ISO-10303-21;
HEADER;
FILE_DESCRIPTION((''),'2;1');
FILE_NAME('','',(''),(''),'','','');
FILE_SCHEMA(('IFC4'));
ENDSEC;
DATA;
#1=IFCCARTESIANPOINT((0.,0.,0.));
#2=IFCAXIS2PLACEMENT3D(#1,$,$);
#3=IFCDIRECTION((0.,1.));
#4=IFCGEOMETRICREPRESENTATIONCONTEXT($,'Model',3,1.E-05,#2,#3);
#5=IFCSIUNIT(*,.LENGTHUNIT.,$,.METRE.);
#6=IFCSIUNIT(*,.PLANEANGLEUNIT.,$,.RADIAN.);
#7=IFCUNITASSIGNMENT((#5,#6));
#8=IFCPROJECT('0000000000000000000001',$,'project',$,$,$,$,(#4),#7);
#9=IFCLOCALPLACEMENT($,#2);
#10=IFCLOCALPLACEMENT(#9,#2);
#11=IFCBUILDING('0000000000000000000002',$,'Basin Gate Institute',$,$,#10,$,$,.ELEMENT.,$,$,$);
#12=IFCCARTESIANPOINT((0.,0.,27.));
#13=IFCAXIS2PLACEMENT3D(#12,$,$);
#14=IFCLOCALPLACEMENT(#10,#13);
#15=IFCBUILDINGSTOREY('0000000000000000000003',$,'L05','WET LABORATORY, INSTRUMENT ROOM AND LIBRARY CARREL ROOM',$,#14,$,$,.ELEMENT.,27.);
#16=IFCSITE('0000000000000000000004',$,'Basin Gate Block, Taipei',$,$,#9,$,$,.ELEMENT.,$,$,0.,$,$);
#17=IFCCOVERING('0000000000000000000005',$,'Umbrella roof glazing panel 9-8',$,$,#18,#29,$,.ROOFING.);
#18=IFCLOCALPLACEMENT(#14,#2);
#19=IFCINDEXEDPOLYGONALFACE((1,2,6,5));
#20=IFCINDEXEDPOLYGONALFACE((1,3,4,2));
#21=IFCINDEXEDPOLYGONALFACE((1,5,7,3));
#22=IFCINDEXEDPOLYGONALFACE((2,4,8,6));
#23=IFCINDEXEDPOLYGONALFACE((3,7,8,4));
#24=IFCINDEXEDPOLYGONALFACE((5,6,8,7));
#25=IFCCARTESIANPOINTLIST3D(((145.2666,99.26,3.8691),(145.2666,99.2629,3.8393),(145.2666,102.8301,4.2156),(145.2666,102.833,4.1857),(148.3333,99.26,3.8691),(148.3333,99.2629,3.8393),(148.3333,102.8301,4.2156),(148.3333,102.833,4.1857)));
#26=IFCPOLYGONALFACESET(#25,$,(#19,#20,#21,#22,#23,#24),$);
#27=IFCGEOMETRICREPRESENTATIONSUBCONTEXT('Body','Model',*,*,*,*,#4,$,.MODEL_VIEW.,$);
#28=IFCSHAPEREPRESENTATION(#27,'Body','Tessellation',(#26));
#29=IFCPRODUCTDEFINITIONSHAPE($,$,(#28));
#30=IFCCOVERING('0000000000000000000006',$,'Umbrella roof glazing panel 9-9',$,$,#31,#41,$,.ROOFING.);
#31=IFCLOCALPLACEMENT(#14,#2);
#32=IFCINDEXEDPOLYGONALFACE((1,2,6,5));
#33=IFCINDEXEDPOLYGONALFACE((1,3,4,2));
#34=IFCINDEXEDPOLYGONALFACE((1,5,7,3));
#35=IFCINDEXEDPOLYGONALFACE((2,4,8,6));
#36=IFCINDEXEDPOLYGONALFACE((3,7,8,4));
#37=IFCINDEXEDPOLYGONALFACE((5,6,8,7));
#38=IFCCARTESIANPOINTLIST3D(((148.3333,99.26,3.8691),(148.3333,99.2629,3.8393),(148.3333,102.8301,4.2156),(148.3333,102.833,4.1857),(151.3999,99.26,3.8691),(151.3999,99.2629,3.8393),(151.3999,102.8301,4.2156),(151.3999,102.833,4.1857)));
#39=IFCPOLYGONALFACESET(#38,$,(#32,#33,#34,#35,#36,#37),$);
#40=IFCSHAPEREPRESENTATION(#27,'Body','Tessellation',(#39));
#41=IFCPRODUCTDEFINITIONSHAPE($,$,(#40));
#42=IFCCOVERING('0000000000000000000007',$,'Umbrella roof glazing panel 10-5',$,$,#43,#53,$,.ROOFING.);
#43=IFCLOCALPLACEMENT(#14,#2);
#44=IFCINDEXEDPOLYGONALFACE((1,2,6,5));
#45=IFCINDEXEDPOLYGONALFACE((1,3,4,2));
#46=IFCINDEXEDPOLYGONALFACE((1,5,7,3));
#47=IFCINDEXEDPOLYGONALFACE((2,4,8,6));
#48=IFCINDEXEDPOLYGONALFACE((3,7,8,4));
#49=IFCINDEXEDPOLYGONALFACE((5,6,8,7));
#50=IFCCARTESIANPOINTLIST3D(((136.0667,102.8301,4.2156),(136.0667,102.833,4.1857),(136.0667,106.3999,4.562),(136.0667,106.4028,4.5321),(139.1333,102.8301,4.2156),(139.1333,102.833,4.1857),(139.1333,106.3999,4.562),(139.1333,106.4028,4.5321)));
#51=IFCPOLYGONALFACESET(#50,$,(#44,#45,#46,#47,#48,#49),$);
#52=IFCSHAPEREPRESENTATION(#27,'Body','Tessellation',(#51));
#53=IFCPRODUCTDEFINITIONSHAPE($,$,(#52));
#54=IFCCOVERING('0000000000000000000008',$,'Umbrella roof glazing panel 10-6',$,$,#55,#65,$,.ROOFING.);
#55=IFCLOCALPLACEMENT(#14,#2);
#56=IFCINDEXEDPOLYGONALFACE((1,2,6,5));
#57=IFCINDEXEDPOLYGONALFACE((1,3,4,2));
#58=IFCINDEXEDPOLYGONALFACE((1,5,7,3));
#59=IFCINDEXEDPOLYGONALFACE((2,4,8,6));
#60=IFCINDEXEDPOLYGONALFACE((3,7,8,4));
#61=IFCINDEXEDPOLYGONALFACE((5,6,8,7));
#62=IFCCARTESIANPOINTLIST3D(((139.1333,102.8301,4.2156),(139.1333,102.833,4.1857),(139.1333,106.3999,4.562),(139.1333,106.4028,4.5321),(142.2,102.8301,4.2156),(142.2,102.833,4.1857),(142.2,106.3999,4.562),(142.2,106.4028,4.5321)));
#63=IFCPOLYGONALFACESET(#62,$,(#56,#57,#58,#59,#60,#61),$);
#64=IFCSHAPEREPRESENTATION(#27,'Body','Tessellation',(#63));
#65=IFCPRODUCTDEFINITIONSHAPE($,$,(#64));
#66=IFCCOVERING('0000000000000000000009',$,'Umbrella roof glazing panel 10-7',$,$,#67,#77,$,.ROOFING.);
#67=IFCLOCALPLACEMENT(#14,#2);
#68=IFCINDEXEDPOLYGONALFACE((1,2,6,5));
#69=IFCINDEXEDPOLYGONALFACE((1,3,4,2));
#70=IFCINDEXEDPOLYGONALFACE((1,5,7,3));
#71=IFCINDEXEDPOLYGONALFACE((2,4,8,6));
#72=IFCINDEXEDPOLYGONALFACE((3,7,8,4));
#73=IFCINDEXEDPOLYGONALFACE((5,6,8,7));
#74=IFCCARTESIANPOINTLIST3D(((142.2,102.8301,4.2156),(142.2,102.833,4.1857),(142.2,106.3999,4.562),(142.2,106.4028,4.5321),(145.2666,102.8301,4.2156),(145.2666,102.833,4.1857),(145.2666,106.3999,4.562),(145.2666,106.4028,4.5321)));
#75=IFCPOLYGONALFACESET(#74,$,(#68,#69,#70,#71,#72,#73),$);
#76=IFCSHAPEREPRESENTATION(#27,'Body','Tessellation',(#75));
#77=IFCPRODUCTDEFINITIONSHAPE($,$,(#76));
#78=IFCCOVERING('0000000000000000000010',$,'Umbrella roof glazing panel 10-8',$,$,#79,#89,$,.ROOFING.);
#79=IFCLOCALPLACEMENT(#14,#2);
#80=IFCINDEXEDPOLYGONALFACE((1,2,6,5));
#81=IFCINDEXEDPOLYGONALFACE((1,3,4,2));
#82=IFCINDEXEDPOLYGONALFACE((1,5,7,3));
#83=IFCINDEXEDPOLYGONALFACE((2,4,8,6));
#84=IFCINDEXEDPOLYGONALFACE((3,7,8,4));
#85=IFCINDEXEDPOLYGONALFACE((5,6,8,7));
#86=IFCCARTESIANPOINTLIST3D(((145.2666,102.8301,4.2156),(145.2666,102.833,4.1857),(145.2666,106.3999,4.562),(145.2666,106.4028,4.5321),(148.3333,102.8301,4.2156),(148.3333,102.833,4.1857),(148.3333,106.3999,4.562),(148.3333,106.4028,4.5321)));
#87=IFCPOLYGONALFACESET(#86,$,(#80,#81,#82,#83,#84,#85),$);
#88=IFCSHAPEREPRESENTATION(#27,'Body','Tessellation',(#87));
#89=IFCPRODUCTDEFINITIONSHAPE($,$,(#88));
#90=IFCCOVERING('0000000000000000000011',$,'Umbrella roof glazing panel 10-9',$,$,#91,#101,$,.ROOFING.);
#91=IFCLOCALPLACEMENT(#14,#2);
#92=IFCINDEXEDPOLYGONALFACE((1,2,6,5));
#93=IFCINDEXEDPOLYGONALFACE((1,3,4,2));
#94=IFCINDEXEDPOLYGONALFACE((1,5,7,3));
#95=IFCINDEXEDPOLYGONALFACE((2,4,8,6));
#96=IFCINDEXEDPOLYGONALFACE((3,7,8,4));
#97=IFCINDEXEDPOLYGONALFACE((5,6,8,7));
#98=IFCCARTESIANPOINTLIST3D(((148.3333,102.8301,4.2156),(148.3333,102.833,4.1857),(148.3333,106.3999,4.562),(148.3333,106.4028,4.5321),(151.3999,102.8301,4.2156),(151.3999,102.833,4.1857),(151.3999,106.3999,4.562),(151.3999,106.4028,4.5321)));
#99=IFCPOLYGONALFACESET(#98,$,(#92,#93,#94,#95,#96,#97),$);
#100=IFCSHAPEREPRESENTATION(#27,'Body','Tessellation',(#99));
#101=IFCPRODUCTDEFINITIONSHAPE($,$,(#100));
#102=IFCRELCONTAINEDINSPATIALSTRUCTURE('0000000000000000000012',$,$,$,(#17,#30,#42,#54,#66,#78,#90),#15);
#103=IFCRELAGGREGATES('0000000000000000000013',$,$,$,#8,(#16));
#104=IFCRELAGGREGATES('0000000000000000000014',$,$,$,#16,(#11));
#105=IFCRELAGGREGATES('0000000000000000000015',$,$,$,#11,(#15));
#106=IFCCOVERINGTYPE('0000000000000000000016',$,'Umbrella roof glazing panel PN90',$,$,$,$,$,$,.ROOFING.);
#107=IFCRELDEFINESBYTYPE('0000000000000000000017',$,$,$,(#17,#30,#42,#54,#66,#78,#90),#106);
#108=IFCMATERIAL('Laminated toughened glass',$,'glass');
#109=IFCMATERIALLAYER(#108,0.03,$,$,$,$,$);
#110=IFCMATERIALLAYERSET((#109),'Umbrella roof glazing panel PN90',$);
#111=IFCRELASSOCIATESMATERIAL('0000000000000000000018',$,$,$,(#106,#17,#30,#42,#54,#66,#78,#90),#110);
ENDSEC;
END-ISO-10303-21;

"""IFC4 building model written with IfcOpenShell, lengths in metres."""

from ifc_helpers import new_model, si_unit, direction, frame, origin, place, context, subcontext, project, spatial, polyline, outline, extrude, material, layer, layer_set, type_object, element, save


model = new_model("IFC4")

# Units and contexts
model_context = context("Model", 3, precision=1e-05, world=origin(), true_north=direction((0.0, 1.0)))
body_context = subcontext(model_context, "Body", "Model", "MODEL_VIEW")
ifc_project = project(units=[si_unit("LENGTHUNIT", "METRE"), si_unit("PLANEANGLEUNIT", "RADIAN")], contexts=[model_context])

# Site, building, storey
site_placement = place(None, origin())
site = spatial("IfcSite", under=ifc_project, at=site_placement, Name="Basin Gate Block, Taipei", CompositionType="ELEMENT", RefElevation=0.0)
building_placement = place(site_placement, origin())
building = spatial("IfcBuilding", under=site, at=building_placement, Name="Basin Gate Institute", CompositionType="ELEMENT")
storey_placement = place(building_placement, frame((0.0, 0.0, 27.0)))
storey = spatial("IfcBuildingStorey", under=building, at=storey_placement, Name="L05", Description="WET LABORATORY, INSTRUMENT ROOM AND LIBRARY CARREL ROOM", CompositionType="ELEMENT", Elevation=27.0)

# Coverings
ifc_material_1 = material(Name="Laminated toughened glass", Category="glass")
ifc_layer_1 = layer(ifc_material_1, 0.03)
ifc_layer_set_1 = layer_set([ifc_layer_1], Name="Umbrella roof glazing panel PN90")
covering_type = type_object("IfcCoveringType", Name="Umbrella roof glazing panel PN90", PredefinedType="ROOFING", material=ifc_layer_set_1)
for number, where, z_axis, x_axis, name in (
    (1, (145.2666, 99.26, 3.8691), (0.0, -0.096585, 0.995325), (1.0, 0.0, 0.0), "Umbrella roof glazing panel 9-8"),
    (2, (148.3333, 99.26, 3.8691), (0.0, -0.096585, 0.995325), (1.0, 0.0, 0.0), "Umbrella roof glazing panel 9-9"),
):
    element("IfcCovering", number, at=place(storey_placement, frame(where, z_axis=z_axis, x_axis=x_axis)), inside=storey, type_object=covering_type, material=ifc_layer_set_1, Name=name, PredefinedType="ROOFING", context=body_context, shape_type="SweptSolid", body=[
        extrude(outline(polyline([(0.0, 0.0), (3.0667, 0.0), (3.0667, 3.5868), (0.0, 3.5868), (0.0, 0.0)])), origin(), (0.0, 0.0, -1.0), 0.03),
    ])
for number, where, z_axis, x_axis, name in (
    (3, (136.0667, 102.8301, 4.2156), (0.0, -0.096592, 0.995324), (1.0, 0.0, 0.0), "Umbrella roof glazing panel 10-5"),
    (4, (139.1333, 102.8301, 4.2156), (0.0, -0.096592, 0.995324), (1.0, 0.0, 0.0), "Umbrella roof glazing panel 10-6"),
    (5, (142.2, 102.8301, 4.2156), (0.0, -0.096592, 0.995324), (1.0, 0.0, 0.0), "Umbrella roof glazing panel 10-7"),
    (6, (145.2666, 102.8301, 4.2156), (0.0, -0.096592, 0.995324), (1.0, 0.0, 0.0), "Umbrella roof glazing panel 10-8"),
    (7, (148.3333, 102.8301, 4.2156), (0.0, -0.096592, 0.995324), (1.0, 0.0, 0.0), "Umbrella roof glazing panel 10-9"),
):
    element("IfcCovering", number, at=place(storey_placement, frame(where, z_axis=z_axis, x_axis=x_axis)), inside=storey, type_object=covering_type, material=ifc_layer_set_1, Name=name, PredefinedType="ROOFING", context=body_context, shape_type="SweptSolid", body=[
        extrude(outline(polyline([(0.0, 0.0), (3.0667, 0.0), (3.0667, 3.5866), (0.0, 3.5866), (0.0, 0.0)])), origin(), (0.0, 0.0, -1.0), 0.03),
    ])

save(model, "model.ifc")
